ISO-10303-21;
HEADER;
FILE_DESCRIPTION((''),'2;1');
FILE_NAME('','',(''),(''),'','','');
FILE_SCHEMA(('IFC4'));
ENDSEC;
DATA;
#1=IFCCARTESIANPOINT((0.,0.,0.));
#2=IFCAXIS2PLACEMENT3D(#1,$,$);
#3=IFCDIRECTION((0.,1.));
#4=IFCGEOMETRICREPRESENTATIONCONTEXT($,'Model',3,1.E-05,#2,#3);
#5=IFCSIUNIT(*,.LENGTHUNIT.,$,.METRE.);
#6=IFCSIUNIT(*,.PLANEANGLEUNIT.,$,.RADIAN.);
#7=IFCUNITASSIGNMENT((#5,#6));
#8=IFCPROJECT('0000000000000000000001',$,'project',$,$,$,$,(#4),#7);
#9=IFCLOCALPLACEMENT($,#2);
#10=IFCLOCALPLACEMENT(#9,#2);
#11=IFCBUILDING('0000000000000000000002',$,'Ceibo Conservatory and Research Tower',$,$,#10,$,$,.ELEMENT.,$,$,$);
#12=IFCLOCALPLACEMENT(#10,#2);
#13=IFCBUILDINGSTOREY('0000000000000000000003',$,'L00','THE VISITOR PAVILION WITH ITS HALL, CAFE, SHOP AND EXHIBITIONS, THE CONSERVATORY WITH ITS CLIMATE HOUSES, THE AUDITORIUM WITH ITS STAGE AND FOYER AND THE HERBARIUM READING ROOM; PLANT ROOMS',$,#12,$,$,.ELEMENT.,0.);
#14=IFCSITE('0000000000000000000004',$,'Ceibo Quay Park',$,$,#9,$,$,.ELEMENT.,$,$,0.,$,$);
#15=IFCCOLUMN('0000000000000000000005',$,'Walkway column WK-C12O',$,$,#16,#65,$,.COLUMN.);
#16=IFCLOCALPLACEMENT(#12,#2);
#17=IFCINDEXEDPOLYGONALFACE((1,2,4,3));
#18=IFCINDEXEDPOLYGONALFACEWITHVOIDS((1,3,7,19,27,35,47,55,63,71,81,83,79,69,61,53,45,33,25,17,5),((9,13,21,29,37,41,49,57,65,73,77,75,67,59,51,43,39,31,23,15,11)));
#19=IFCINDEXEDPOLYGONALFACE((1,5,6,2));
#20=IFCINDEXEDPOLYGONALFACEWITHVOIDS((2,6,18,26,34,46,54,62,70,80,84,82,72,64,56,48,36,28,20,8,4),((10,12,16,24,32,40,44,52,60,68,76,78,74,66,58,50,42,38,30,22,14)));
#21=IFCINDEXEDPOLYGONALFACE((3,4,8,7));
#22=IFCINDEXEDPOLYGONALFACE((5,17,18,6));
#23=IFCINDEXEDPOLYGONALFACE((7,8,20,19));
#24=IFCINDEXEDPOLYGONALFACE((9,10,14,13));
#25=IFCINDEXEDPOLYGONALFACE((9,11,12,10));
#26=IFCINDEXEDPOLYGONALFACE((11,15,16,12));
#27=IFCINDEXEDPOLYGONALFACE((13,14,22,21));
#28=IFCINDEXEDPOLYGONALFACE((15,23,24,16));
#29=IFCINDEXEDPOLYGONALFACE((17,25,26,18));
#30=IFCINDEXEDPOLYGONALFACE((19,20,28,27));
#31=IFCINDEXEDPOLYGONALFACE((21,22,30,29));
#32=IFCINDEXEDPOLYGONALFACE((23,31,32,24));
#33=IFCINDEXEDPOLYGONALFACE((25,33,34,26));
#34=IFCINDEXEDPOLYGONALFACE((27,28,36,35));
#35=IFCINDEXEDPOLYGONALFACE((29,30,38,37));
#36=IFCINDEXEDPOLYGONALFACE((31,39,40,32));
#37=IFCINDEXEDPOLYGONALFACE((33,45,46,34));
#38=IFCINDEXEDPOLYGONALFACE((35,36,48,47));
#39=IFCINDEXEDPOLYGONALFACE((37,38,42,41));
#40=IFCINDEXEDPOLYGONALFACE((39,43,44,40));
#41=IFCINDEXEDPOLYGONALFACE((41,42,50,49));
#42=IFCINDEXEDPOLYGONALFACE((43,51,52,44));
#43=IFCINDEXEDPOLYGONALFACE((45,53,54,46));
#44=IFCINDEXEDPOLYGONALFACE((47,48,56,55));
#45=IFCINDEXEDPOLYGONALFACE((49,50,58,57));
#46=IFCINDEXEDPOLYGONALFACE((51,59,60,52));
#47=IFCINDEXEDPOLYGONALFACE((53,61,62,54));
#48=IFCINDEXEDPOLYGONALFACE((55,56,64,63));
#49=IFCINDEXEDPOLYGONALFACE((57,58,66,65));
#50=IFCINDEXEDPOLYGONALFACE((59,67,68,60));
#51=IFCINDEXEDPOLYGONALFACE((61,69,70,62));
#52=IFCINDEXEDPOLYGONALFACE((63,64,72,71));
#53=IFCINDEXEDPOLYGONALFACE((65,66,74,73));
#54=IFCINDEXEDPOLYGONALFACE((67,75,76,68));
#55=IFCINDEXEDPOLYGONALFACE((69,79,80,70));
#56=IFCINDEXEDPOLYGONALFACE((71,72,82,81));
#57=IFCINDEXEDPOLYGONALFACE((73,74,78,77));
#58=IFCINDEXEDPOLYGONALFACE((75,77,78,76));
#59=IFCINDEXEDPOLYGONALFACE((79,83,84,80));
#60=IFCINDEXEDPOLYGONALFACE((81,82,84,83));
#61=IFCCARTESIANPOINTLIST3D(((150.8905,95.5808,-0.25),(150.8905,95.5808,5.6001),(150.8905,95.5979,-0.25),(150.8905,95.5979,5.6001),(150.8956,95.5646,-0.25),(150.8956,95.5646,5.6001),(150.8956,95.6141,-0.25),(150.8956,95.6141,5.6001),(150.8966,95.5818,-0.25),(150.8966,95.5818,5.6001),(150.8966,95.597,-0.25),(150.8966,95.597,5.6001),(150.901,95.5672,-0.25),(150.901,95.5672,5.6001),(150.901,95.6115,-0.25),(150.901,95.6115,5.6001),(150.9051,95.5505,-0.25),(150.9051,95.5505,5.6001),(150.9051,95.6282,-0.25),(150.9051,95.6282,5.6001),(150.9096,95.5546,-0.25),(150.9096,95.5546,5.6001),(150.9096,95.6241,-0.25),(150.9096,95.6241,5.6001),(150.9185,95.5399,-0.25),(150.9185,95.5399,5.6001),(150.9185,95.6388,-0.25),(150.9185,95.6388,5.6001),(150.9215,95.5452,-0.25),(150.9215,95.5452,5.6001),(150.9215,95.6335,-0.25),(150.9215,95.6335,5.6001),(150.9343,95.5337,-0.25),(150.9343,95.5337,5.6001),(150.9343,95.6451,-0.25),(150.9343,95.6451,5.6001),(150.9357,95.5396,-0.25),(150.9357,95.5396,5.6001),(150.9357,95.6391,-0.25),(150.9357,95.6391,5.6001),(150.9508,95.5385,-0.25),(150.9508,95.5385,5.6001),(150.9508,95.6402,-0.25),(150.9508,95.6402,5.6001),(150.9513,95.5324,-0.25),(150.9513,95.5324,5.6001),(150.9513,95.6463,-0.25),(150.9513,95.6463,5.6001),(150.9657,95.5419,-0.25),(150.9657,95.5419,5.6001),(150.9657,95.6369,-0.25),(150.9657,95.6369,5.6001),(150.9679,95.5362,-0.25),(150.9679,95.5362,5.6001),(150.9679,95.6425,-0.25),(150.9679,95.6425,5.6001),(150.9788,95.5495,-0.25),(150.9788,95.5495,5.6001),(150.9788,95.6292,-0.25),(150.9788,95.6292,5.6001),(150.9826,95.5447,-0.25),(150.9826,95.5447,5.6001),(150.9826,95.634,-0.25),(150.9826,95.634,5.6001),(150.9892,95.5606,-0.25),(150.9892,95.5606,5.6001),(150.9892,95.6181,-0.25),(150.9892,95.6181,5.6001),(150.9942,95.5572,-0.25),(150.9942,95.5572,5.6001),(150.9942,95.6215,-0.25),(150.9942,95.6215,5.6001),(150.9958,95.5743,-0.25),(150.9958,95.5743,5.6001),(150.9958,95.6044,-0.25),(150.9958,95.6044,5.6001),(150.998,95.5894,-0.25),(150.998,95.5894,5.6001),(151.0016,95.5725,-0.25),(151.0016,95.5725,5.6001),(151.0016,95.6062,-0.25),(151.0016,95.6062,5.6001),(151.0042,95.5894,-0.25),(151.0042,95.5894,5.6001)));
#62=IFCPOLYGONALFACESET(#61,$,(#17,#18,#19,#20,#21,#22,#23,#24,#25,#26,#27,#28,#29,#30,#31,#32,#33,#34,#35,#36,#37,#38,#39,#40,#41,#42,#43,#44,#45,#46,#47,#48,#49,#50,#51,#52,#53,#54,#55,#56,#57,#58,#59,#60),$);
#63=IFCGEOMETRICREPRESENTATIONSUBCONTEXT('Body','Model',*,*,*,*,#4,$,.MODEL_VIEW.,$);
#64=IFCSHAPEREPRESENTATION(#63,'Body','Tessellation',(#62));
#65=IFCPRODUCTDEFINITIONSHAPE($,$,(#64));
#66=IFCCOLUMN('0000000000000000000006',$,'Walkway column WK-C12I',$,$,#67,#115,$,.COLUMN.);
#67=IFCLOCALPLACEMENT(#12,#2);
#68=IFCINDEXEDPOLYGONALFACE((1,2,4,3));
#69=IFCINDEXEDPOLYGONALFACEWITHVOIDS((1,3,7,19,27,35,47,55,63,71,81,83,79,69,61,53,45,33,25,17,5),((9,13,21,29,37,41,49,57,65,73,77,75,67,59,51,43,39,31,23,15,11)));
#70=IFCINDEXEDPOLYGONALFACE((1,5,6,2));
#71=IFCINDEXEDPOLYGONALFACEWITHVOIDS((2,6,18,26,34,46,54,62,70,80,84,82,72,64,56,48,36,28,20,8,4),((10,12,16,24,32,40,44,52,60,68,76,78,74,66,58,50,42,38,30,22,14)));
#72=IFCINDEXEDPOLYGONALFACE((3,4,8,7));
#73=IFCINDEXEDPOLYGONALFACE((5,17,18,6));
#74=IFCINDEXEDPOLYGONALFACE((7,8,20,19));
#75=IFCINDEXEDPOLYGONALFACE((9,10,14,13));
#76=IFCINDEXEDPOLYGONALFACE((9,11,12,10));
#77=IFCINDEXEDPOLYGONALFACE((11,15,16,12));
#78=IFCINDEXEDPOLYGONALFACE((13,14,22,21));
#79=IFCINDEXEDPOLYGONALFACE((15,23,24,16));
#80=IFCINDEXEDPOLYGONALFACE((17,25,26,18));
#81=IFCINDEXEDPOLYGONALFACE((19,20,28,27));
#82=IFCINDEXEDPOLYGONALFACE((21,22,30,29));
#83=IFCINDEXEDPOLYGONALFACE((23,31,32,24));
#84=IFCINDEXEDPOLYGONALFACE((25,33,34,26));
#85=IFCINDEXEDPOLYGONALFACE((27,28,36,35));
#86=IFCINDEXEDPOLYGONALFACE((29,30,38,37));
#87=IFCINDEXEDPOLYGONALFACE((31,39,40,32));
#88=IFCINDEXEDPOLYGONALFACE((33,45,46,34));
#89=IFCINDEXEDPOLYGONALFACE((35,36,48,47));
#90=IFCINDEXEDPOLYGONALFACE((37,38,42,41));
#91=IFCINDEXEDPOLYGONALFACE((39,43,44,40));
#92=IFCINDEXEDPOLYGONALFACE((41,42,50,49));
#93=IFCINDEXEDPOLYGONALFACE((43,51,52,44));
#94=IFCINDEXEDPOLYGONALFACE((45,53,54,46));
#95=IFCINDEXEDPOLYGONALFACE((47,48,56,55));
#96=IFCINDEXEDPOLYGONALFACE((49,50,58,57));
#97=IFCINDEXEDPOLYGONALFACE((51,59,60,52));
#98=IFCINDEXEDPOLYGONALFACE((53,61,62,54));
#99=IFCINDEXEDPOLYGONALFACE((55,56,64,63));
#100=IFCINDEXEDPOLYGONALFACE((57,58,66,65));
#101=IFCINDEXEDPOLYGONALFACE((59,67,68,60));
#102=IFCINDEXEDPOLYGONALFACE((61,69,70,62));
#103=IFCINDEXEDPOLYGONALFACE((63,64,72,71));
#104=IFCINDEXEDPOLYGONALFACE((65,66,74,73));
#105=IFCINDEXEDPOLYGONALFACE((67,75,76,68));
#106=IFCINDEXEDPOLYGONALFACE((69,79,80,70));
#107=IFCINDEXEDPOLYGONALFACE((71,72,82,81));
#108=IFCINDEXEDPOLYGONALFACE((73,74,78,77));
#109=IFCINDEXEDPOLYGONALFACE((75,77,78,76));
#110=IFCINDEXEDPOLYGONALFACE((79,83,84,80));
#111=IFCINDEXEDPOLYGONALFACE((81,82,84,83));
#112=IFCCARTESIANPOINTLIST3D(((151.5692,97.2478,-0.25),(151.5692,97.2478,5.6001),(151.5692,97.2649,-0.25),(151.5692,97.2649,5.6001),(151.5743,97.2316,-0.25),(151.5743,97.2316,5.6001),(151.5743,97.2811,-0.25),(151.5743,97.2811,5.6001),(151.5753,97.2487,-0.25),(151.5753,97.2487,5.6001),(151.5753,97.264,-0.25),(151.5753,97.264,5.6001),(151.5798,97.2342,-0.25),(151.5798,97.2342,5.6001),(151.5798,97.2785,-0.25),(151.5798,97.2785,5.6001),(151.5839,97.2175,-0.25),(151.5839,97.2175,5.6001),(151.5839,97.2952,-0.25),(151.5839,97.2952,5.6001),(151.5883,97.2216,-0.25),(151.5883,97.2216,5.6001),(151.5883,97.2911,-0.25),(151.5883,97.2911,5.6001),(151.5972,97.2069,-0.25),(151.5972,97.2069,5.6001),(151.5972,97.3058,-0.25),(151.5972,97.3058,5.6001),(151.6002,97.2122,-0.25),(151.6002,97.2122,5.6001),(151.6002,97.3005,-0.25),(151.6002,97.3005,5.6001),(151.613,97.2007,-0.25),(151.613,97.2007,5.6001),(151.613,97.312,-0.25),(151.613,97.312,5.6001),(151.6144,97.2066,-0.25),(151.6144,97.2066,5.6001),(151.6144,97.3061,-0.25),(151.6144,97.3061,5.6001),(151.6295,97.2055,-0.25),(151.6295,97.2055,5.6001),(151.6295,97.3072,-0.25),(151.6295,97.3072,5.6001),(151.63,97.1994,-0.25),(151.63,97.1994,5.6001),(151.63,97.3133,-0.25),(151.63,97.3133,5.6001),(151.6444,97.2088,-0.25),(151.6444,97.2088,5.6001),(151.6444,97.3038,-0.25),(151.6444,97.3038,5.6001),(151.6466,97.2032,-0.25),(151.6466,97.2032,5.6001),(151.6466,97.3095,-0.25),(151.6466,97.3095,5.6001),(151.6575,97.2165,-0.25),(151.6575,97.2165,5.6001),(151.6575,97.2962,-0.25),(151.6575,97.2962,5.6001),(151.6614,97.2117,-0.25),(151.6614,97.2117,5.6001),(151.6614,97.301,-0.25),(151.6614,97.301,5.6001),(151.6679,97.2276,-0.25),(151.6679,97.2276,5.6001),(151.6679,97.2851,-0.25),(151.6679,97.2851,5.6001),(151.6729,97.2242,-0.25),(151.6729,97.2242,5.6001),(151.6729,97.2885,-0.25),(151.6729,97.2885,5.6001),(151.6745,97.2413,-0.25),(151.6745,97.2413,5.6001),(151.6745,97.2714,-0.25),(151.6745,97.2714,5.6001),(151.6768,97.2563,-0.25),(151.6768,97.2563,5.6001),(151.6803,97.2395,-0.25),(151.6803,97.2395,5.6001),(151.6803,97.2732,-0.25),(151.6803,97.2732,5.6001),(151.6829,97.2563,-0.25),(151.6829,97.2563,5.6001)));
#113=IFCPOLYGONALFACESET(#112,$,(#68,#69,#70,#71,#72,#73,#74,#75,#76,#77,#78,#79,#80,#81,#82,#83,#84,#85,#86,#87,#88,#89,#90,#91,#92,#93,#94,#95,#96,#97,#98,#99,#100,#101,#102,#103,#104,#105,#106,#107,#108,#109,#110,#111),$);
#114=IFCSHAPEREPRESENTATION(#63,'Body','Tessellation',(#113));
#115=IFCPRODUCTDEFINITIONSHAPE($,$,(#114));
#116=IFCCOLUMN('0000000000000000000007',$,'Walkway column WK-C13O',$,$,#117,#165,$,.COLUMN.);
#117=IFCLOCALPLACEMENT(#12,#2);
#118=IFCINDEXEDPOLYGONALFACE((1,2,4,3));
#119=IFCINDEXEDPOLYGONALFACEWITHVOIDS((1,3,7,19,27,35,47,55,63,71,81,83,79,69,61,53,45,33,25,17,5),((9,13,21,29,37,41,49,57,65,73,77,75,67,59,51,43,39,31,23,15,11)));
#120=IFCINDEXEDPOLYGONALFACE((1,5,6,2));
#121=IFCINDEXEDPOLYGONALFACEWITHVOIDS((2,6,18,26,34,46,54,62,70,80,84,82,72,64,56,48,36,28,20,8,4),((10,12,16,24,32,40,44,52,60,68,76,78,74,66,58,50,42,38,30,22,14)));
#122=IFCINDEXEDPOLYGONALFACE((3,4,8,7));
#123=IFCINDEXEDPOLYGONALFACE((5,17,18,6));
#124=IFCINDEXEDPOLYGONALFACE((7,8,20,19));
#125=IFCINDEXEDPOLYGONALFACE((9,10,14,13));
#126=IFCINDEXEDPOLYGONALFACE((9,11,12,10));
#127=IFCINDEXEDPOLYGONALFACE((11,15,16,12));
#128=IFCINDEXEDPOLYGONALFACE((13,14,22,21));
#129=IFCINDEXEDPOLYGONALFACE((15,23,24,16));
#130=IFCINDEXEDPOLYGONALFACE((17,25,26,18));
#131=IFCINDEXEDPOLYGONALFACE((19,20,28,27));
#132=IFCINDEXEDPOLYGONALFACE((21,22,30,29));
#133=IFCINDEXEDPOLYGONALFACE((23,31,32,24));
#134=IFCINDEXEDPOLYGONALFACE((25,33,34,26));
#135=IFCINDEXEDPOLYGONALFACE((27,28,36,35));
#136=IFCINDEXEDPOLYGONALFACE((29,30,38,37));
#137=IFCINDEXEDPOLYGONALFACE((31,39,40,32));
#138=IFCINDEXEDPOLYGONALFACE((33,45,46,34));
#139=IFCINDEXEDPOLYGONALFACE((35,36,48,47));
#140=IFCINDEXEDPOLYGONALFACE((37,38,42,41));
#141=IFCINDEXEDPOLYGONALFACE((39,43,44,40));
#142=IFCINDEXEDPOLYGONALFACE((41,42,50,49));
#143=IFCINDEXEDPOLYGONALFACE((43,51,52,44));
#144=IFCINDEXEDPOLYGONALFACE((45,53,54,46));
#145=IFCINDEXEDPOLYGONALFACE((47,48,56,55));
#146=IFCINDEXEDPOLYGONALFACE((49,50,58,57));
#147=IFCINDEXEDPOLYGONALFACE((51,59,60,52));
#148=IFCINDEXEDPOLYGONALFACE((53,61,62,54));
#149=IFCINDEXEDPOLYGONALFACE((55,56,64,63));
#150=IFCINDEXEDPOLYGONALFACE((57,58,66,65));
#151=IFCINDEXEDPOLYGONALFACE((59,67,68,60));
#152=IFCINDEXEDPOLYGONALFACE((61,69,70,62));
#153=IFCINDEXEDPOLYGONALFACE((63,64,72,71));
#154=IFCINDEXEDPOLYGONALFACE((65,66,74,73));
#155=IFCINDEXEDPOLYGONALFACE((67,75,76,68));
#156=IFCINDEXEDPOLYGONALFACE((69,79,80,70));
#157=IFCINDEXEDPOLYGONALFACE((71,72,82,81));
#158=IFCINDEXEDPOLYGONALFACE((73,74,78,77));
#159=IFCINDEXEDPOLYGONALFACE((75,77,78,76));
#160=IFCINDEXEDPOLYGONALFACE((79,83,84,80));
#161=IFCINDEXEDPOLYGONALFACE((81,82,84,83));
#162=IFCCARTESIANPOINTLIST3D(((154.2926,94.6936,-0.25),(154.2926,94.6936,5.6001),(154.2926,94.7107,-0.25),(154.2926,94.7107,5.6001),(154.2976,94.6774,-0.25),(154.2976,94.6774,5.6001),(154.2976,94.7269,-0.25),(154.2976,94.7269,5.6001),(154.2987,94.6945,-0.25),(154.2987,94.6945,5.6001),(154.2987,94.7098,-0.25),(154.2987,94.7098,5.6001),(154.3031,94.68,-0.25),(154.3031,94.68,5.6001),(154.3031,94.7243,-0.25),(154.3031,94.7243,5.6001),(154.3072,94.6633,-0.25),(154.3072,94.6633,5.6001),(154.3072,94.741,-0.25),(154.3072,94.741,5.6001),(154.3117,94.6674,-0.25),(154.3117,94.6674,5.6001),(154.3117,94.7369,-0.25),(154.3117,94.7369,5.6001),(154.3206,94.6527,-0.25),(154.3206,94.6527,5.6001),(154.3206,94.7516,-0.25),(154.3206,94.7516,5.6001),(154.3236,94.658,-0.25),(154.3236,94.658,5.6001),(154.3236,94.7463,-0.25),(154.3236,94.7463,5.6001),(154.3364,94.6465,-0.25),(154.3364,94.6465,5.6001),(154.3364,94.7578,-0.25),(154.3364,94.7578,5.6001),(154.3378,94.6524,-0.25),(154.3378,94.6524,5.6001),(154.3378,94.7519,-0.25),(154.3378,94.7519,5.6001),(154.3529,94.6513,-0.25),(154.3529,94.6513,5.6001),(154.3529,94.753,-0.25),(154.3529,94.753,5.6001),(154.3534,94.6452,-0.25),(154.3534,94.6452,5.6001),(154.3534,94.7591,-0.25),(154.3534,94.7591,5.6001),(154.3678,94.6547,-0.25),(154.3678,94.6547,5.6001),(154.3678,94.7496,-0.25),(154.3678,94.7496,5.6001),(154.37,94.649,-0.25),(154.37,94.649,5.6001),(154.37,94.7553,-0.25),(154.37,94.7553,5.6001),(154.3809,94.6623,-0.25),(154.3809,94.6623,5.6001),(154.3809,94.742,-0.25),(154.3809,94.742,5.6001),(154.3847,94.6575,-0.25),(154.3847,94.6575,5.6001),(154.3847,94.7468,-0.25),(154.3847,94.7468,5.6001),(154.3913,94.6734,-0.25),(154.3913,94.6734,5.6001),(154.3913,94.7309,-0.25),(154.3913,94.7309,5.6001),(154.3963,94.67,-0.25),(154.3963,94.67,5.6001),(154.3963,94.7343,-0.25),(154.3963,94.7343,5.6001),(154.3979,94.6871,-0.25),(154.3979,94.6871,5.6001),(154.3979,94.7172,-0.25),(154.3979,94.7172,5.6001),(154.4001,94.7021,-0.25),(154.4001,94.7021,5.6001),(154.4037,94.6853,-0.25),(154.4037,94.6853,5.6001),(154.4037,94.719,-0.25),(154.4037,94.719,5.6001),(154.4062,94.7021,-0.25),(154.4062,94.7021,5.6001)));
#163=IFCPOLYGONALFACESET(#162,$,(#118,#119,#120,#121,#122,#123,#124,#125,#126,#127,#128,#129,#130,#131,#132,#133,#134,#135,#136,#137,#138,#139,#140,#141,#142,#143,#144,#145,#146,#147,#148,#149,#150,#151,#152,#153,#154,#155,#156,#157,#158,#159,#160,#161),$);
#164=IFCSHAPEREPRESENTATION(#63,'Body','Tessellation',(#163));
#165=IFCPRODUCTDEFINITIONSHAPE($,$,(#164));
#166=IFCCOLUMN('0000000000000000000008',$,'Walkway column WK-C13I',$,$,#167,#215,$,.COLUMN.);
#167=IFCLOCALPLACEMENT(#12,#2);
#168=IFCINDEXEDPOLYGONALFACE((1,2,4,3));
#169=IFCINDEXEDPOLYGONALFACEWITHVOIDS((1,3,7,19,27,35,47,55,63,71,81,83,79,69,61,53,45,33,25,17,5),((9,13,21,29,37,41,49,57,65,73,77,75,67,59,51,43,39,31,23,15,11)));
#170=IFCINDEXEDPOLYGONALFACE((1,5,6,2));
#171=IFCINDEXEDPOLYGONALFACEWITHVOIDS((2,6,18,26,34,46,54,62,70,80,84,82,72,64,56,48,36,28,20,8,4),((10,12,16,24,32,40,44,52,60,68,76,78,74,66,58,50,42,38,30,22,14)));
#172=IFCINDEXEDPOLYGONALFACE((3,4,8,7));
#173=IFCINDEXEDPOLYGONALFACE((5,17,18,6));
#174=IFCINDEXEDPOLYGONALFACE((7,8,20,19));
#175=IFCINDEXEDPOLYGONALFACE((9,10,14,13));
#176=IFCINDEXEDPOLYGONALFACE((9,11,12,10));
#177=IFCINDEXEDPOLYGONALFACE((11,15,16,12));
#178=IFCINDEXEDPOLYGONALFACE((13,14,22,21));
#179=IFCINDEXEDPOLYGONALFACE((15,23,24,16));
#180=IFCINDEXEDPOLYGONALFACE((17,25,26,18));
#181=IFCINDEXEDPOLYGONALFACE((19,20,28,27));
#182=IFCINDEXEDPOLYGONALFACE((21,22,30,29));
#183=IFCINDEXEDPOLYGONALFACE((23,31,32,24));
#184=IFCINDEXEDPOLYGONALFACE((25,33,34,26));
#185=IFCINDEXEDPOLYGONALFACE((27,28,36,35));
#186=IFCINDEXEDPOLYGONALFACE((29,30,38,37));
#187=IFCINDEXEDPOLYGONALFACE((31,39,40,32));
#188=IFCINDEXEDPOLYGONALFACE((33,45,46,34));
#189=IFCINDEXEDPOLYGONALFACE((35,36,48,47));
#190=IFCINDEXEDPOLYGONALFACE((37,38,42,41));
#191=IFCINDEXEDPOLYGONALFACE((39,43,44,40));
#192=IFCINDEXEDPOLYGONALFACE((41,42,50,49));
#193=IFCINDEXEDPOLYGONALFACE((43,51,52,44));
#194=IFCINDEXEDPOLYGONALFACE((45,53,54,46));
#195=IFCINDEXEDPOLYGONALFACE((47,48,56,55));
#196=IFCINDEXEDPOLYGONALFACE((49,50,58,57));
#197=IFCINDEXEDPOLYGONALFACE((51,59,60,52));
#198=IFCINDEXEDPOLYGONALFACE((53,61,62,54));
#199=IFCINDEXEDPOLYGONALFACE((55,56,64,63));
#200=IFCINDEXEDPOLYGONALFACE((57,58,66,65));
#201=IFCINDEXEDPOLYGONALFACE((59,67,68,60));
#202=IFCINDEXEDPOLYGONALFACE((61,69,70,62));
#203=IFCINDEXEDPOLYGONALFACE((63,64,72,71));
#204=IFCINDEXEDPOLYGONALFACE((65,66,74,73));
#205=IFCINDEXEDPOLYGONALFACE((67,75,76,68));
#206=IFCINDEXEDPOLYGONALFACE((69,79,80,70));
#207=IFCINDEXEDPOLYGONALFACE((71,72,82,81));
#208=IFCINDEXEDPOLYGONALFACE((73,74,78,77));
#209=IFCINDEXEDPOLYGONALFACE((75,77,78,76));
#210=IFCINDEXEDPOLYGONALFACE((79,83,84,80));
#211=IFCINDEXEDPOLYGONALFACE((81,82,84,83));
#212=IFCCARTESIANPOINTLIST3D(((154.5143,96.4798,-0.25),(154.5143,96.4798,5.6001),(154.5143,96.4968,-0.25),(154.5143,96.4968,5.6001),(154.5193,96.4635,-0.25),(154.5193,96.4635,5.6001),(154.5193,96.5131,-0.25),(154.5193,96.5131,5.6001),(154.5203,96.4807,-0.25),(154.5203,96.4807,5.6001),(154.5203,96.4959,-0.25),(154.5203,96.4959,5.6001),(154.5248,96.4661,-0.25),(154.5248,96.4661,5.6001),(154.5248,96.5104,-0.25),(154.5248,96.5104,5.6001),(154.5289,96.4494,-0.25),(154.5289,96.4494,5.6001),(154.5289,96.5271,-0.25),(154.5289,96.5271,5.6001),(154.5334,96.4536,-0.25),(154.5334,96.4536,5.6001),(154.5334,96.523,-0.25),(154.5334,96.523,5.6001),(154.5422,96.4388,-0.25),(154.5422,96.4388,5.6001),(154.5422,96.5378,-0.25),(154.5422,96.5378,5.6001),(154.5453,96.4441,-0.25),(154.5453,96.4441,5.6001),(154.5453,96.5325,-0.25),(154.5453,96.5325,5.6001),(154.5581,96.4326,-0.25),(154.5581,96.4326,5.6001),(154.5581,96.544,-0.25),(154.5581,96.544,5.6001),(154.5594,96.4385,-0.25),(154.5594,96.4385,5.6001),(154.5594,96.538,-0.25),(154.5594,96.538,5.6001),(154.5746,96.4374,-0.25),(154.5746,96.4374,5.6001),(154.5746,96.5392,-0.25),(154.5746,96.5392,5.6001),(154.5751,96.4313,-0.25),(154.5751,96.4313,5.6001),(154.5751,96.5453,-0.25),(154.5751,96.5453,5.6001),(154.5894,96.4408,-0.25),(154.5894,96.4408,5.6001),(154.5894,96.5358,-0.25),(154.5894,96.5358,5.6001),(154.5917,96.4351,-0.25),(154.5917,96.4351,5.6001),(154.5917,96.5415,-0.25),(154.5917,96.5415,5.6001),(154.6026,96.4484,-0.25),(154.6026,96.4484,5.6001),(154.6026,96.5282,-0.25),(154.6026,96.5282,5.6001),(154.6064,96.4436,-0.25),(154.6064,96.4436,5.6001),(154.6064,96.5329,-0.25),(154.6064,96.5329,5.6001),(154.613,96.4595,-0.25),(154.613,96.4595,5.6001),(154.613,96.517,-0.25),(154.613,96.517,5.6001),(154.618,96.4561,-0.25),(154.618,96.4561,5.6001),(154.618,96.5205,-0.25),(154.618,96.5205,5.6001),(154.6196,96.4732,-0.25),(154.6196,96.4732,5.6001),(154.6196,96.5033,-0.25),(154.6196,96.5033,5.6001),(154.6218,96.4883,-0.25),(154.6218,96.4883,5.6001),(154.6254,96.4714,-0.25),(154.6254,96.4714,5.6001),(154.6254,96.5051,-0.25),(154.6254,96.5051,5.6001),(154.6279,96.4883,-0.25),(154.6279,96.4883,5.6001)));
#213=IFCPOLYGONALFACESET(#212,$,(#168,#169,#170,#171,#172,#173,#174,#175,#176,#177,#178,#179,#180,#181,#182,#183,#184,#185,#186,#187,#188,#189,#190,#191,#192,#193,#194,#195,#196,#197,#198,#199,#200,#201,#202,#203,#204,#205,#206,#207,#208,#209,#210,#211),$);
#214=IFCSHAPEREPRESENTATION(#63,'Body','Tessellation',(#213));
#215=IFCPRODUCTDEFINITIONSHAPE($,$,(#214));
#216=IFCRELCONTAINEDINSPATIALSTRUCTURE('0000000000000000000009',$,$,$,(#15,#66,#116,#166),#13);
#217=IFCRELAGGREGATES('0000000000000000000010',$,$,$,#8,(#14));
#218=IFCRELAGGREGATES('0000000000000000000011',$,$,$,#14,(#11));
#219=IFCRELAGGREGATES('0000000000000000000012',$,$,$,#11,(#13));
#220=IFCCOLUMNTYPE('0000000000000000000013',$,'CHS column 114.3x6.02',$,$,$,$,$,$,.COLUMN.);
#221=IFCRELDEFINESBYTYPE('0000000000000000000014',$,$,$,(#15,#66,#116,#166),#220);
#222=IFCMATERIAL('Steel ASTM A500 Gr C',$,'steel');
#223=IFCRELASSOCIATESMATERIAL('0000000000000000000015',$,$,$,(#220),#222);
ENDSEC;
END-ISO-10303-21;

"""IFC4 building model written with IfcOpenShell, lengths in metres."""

from ifc_helpers import new_model, si_unit, direction, frame, origin, origin_2d, place, context, subcontext, project, spatial, hollow_circle, extrude, material, material_profile, profile_set, type_object, element, save


model = new_model("IFC4")

# Units and contexts
model_context = context("Model", 3, precision=1e-05, world=origin(), true_north=direction((0.0, 1.0)))
body_context = subcontext(model_context, "Body", "Model", "MODEL_VIEW")
ifc_project = project(units=[si_unit("LENGTHUNIT", "METRE"), si_unit("PLANEANGLEUNIT", "RADIAN")], contexts=[model_context])

# Site, building, storey
site_placement = place(None, origin())
site = spatial("IfcSite", under=ifc_project, at=site_placement, Name="Ceibo Quay Park", CompositionType="ELEMENT", RefElevation=0.0)
building_placement = place(site_placement, origin())
building = spatial("IfcBuilding", under=site, at=building_placement, Name="Ceibo Conservatory and Research Tower", CompositionType="ELEMENT")
storey_placement = place(building_placement, origin())
storey = spatial("IfcBuildingStorey", under=building, at=storey_placement, Name="L00", Description="THE VISITOR PAVILION WITH ITS HALL, CAFE, SHOP AND EXHIBITIONS, THE CONSERVATORY WITH ITS CLIMATE HOUSES, THE AUDITORIUM WITH ITS STAGE AND FOYER AND THE HERBARIUM READING ROOM; PLANT ROOMS", CompositionType="ELEMENT", Elevation=0.0)

# Columns
ifc_material_1 = material(Name="Steel ASTM A500 Gr C", Category="steel")
ifc_material_profile = material_profile(ifc_material_1, hollow_circle(Radius=0.0571, WallThickness=0.0061, at=origin_2d()), Name="CHS column 114.3x6.02")
ifc_profile_set = profile_set([ifc_material_profile], Name="Steel ASTM A500 Gr C")
column_type = type_object("IfcColumnType", Name="CHS column 114.3x6.02", PredefinedType="COLUMN", material=ifc_profile_set)
for number, where, z_axis, x_axis, name in (
    (1, (150.947, 95.5894, -0.25), (0.0, 0.0, 1.0), (1.0, 0.0, 0.0), "Walkway column WK-C12O"),
    (2, (151.6257, 97.2563, -0.25), (0.0, 0.0, 1.0), (1.0, 0.0, 0.0), "Walkway column WK-C12I"),
    (3, (154.3491, 94.7021, -0.25), (0.0, 0.0, 1.0), (1.0, 0.0, 0.0), "Walkway column WK-C13O"),
    (4, (154.5708, 96.4883, -0.25), (0.0, 0.0, 1.0), (1.0, 0.0, 0.0), "Walkway column WK-C13I"),
):
    element("IfcColumn", number, at=place(storey_placement, frame(where, z_axis=z_axis, x_axis=x_axis)), inside=storey, type_object=column_type, Name=name, PredefinedType="COLUMN", context=body_context, shape_type="SweptSolid", body=[
        extrude(hollow_circle(Radius=0.0571, WallThickness=0.0061, at=origin_2d()), origin(), (0.0, 0.0, 1.0), 5.8501),
    ])

save(model, "model.ifc")
